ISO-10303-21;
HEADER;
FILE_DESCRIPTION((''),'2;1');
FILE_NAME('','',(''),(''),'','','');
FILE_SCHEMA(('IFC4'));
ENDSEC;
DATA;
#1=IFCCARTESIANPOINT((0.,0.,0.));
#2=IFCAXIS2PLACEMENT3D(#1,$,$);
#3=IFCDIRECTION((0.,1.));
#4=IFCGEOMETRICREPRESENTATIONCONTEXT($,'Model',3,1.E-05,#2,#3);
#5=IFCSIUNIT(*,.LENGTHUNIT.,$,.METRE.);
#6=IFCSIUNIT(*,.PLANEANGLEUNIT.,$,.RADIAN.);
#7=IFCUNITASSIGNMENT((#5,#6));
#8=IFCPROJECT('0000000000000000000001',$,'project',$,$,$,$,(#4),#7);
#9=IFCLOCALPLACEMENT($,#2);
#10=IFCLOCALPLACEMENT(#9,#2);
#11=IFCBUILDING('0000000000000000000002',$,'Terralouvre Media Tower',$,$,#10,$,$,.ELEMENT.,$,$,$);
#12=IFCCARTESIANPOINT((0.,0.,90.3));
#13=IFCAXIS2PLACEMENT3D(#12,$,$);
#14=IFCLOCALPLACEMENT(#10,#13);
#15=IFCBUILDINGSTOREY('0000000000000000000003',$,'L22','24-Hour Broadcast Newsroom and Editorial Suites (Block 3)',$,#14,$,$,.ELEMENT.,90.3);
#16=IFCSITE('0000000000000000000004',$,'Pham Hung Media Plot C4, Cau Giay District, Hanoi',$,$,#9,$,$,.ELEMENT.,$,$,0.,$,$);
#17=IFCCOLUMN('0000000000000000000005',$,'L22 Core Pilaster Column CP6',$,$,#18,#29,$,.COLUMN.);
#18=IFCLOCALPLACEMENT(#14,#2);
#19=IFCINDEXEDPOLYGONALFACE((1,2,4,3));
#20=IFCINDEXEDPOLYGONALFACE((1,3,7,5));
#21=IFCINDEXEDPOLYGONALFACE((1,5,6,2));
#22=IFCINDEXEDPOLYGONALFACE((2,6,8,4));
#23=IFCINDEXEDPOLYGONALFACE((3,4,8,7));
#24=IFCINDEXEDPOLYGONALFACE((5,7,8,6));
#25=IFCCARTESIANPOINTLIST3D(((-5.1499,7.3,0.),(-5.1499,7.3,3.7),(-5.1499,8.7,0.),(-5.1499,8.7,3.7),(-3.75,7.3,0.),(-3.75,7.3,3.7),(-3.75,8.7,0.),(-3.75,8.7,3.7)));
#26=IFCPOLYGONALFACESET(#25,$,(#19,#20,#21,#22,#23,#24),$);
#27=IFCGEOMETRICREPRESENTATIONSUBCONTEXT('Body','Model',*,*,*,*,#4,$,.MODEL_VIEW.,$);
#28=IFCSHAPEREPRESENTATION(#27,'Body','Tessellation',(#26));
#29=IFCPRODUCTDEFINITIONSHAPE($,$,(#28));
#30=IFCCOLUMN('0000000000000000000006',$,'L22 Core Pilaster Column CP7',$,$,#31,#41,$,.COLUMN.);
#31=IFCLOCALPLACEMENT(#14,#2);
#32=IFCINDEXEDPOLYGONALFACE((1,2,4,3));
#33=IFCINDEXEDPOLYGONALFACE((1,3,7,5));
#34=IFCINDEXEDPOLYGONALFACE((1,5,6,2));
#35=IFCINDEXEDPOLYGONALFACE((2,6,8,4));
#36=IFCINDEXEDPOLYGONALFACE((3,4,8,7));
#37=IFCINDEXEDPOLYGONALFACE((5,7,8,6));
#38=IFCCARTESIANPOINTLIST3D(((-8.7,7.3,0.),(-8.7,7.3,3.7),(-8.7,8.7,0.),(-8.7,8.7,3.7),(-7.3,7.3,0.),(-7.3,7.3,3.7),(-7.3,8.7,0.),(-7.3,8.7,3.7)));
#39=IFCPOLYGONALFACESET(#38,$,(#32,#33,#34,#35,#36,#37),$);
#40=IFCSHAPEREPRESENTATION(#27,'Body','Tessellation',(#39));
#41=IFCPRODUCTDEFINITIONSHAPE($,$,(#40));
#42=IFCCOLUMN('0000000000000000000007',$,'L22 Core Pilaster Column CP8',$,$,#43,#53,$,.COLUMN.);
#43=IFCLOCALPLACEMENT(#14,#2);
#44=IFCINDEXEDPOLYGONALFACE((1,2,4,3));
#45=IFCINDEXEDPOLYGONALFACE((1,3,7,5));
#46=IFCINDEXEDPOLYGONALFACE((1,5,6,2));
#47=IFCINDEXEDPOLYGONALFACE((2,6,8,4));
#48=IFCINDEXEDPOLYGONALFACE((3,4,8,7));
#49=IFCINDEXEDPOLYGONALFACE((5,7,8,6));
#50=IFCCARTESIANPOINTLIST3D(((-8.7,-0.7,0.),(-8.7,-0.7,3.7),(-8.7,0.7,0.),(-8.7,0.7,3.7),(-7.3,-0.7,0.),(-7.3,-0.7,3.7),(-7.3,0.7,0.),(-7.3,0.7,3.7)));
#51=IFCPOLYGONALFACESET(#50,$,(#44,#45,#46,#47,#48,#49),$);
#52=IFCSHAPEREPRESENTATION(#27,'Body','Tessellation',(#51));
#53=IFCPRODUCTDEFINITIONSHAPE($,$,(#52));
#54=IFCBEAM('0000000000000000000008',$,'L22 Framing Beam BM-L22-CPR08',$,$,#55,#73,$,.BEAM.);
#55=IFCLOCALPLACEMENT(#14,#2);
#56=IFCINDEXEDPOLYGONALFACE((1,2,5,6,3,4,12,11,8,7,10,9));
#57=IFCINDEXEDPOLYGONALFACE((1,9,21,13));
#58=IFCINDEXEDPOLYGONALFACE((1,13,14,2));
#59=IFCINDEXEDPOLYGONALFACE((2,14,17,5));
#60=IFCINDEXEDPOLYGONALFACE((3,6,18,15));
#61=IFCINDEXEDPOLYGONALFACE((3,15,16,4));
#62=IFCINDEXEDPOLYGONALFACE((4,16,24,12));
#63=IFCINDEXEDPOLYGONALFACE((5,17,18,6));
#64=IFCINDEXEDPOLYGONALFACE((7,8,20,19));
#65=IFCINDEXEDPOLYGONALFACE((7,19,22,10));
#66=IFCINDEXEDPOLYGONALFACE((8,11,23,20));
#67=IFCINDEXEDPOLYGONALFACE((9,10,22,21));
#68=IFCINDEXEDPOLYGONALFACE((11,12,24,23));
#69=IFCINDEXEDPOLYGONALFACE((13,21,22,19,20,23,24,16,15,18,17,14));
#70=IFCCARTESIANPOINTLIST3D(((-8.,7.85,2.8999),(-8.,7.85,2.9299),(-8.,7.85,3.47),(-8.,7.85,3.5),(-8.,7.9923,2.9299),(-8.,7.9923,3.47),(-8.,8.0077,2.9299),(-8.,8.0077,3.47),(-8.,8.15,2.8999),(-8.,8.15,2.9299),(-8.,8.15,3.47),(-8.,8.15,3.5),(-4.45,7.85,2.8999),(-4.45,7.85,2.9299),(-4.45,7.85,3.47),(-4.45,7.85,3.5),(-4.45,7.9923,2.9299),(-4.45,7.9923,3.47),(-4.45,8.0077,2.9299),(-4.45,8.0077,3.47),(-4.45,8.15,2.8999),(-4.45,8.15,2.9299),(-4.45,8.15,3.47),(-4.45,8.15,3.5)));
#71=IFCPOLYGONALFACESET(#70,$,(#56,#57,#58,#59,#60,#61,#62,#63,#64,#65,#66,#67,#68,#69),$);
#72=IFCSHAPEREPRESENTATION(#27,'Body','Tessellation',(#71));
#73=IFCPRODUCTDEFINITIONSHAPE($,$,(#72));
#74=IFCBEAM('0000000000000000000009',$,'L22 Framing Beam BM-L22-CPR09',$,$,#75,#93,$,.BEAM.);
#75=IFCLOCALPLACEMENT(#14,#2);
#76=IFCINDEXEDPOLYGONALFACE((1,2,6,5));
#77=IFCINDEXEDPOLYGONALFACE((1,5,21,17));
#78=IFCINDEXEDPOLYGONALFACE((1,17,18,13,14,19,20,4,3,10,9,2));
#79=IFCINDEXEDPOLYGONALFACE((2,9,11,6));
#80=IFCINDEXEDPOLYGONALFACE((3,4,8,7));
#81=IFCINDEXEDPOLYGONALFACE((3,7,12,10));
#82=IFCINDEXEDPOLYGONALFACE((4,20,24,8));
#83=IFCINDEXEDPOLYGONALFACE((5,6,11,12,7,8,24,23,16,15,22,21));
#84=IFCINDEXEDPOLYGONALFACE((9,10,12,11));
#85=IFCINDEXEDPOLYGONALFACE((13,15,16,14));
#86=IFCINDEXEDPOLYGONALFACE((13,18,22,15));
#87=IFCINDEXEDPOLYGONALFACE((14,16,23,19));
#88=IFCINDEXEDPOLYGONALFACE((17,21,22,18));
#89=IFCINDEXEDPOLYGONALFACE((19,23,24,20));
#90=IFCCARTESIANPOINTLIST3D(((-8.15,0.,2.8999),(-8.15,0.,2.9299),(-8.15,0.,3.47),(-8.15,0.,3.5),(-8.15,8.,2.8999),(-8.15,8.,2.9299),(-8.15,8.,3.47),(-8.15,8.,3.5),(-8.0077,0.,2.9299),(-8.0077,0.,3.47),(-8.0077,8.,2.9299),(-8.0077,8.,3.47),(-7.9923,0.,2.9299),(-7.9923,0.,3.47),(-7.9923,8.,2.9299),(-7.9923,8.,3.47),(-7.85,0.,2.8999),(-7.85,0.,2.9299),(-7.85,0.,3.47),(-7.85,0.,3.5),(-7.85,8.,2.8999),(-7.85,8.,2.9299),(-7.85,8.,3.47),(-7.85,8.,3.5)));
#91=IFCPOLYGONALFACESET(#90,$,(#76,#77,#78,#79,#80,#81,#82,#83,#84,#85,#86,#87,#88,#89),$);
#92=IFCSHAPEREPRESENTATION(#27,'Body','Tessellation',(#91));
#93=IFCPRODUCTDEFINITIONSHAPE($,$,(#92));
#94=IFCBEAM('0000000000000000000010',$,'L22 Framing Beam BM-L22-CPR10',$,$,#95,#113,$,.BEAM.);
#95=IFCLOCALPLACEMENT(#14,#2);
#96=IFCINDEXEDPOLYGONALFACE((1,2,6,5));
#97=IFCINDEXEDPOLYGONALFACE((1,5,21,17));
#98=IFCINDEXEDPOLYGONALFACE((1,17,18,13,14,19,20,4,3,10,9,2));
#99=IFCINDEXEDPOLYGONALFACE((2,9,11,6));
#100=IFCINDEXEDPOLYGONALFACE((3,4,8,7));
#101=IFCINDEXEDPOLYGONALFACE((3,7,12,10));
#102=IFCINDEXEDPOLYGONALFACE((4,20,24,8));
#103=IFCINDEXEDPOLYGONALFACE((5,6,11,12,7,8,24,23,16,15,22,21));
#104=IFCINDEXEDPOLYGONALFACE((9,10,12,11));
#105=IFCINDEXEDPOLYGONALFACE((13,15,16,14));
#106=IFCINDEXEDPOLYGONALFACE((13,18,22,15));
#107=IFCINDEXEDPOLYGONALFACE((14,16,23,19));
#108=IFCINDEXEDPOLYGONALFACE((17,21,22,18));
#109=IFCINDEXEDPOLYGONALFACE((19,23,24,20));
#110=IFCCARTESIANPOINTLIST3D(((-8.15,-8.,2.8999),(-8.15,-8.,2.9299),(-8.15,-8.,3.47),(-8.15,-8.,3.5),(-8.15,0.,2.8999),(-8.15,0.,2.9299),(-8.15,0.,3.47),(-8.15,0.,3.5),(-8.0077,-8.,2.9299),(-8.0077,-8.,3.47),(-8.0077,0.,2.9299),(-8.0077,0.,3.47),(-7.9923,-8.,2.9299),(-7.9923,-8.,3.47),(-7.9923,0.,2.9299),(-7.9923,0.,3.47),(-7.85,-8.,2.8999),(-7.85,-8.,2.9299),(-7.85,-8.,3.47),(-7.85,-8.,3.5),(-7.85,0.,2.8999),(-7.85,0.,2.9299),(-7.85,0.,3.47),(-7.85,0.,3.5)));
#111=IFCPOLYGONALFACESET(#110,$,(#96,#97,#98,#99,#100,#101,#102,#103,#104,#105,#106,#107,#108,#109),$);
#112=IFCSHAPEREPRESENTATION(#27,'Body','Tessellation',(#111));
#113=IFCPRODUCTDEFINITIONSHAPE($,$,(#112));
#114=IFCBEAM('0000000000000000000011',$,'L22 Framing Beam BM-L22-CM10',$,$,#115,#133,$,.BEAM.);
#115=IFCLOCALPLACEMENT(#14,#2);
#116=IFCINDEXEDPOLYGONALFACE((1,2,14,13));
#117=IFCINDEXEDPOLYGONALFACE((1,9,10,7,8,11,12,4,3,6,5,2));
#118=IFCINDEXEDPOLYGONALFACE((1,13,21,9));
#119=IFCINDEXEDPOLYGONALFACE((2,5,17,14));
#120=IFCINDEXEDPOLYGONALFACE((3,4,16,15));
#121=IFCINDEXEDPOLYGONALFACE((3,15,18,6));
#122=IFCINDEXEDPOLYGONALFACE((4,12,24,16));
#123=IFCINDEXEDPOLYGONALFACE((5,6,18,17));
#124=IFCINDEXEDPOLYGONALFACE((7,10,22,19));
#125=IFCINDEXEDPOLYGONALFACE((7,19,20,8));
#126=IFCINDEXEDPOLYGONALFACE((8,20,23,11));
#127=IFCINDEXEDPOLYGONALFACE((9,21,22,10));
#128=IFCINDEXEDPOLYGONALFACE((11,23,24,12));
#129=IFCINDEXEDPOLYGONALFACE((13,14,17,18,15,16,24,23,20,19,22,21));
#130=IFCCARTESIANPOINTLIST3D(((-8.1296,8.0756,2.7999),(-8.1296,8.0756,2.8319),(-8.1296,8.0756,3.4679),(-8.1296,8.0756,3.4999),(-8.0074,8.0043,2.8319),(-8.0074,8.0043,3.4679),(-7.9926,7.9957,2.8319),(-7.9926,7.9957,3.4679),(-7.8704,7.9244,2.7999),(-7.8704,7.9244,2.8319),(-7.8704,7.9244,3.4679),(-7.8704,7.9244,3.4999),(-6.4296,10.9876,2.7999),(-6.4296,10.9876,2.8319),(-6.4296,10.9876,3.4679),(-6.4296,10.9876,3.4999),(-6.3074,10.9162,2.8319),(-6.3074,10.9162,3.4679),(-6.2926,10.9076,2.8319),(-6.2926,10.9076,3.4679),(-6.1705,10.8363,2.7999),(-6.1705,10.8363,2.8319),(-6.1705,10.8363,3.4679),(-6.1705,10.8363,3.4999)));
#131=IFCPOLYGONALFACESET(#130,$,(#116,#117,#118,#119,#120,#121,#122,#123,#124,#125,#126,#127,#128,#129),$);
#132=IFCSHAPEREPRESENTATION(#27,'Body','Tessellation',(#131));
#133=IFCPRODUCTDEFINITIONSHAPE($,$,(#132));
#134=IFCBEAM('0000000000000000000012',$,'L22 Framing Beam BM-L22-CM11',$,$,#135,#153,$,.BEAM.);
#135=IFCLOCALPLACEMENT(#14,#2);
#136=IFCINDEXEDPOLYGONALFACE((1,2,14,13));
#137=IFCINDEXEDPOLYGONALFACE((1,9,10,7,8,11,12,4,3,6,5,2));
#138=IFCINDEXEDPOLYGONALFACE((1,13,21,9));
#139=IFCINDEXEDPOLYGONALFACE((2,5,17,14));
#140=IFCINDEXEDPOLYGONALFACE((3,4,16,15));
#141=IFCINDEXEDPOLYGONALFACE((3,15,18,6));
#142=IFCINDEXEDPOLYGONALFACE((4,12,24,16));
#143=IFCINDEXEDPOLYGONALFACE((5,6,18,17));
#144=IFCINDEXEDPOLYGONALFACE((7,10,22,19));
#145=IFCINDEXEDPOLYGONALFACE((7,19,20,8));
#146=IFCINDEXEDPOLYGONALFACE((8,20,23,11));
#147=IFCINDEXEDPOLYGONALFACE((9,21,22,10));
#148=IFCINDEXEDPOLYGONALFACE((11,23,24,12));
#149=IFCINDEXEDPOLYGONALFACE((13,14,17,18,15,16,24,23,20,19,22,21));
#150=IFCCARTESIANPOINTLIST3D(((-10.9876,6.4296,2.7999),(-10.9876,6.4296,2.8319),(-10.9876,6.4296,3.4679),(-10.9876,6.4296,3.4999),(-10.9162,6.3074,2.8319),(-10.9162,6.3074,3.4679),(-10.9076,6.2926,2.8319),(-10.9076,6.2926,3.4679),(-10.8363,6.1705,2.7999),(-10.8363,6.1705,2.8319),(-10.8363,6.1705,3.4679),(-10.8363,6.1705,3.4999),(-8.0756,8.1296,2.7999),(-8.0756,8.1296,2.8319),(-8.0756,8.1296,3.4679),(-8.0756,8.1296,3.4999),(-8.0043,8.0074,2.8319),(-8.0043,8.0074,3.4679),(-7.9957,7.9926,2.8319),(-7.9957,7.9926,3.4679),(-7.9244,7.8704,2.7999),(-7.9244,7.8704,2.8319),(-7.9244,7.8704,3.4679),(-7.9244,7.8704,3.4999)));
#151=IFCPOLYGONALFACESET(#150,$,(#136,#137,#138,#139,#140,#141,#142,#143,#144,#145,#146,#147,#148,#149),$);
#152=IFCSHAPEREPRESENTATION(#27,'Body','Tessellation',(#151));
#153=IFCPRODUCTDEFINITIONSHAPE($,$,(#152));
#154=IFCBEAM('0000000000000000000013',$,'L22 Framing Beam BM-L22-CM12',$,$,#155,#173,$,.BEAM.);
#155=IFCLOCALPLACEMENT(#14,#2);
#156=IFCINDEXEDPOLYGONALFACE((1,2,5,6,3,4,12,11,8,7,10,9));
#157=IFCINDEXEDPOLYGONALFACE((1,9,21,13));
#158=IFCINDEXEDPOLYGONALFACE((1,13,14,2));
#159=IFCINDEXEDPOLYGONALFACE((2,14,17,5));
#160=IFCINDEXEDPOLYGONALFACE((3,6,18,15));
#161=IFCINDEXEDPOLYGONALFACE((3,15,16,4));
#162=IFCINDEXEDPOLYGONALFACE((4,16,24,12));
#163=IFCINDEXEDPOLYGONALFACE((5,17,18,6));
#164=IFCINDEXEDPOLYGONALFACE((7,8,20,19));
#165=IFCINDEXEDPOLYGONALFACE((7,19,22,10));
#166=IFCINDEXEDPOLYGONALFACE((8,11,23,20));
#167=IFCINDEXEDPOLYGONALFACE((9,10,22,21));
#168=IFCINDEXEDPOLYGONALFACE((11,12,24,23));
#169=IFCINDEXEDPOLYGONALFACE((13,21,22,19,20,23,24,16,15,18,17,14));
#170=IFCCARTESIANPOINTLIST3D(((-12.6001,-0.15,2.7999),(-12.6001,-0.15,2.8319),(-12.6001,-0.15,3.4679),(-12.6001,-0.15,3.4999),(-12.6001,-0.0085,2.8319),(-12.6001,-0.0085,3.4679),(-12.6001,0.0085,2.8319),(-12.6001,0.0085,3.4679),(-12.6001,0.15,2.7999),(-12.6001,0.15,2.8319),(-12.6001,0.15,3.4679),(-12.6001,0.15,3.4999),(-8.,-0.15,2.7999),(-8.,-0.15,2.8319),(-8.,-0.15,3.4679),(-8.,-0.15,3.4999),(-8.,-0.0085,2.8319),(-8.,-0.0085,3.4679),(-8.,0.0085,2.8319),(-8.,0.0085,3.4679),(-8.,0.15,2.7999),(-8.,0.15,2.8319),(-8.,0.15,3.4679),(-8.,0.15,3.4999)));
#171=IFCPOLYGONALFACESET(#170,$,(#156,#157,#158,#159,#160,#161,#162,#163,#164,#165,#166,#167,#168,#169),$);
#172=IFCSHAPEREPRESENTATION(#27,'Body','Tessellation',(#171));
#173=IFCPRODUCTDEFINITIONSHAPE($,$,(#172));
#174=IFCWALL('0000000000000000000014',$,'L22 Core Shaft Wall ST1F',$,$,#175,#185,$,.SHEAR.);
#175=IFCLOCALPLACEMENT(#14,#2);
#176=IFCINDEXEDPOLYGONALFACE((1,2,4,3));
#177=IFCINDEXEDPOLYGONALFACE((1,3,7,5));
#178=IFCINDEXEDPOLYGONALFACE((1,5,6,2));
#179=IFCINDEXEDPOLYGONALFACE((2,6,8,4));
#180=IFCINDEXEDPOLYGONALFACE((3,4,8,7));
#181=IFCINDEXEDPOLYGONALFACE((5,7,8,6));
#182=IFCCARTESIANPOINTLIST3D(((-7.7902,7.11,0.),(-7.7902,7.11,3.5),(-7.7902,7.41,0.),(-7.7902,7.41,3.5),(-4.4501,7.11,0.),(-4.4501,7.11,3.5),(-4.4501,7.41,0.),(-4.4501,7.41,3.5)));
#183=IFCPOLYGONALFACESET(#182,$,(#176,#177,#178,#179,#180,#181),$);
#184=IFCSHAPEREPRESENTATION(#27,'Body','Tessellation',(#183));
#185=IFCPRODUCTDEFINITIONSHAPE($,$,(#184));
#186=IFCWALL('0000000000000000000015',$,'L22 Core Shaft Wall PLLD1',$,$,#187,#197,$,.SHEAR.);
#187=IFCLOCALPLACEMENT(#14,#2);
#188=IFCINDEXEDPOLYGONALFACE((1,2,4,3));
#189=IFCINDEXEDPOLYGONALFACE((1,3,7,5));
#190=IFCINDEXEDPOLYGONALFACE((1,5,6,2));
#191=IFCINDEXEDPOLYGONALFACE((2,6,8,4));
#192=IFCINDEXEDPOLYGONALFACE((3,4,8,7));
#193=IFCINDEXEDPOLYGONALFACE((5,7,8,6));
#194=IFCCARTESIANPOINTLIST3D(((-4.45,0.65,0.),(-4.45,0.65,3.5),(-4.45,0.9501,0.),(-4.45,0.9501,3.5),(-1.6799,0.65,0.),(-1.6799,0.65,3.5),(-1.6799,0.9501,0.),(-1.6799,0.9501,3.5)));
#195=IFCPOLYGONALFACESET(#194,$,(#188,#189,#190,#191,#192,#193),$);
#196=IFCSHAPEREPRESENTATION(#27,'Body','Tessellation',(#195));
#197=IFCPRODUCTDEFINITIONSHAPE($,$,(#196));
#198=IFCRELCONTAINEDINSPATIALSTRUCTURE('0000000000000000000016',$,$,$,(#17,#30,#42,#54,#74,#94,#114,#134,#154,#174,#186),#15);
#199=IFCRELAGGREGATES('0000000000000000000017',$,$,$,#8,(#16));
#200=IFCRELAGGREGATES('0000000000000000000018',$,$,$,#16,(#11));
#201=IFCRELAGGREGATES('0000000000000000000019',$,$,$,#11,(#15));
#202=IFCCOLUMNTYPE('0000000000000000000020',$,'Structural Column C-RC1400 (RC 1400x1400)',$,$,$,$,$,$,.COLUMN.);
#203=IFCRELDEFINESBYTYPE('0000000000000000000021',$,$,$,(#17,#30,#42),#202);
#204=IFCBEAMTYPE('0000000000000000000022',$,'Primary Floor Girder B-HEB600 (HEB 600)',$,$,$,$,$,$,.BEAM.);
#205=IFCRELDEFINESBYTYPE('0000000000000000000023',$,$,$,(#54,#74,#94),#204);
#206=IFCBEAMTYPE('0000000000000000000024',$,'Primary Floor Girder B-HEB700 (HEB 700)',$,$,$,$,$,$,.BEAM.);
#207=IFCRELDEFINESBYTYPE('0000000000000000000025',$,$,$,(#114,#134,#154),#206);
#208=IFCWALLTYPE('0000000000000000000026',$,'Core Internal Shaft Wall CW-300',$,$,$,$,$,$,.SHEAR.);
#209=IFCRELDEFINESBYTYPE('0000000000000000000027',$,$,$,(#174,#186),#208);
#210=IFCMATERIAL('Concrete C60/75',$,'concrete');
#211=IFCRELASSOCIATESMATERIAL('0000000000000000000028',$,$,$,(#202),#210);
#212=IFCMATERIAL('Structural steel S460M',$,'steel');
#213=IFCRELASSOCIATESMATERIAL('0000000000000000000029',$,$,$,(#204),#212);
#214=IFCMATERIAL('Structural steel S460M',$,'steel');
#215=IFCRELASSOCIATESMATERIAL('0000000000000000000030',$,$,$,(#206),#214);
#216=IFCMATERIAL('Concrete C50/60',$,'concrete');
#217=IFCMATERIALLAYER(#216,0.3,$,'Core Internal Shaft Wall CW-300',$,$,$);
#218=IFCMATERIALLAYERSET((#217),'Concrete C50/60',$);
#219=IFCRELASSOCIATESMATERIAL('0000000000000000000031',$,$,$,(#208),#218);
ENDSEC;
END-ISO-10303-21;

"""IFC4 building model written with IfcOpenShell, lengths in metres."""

from ifc_helpers import new_model, si_unit, direction, frame, frame_2d, origin, origin_2d, place, context, subcontext, project, spatial, rectangle, i_section, extrude, material, layer, layer_set, material_profile, profile_set, type_object, element, save


model = new_model("IFC4")

# Units and contexts
model_context = context("Model", 3, precision=1e-05, world=origin(), true_north=direction((0.0, 1.0)))
body_context = subcontext(model_context, "Body", "Model", "MODEL_VIEW")
ifc_project = project(units=[si_unit("LENGTHUNIT", "METRE"), si_unit("PLANEANGLEUNIT", "RADIAN")], contexts=[model_context])

# Site, building, storey
site_placement = place(None, origin())
site = spatial("IfcSite", under=ifc_project, at=site_placement, Name="Pham Hung Media Plot C4, Cau Giay District, Hanoi", CompositionType="ELEMENT", RefElevation=0.0)
building_placement = place(site_placement, origin())
building = spatial("IfcBuilding", under=site, at=building_placement, Name="Terralouvre Media Tower", CompositionType="ELEMENT")
storey_placement = place(building_placement, frame((0.0, 0.0, 90.3)))
storey = spatial("IfcBuildingStorey", under=building, at=storey_placement, Name="L22", Description="24-Hour Broadcast Newsroom and Editorial Suites (Block 3)", CompositionType="ELEMENT", Elevation=90.3)

# Columns
ifc_material_1 = material(Name="Concrete C60/75", Category="concrete")
ifc_material_profile_1 = material_profile(ifc_material_1, rectangle(XDim=1.3999, YDim=1.3999, at=origin_2d()), Name="RC 1400x1400")
ifc_profile_set_1 = profile_set([ifc_material_profile_1], Name="Concrete C60/75")
column_type = type_object("IfcColumnType", Name="Structural Column C-RC1400 (RC 1400x1400)", PredefinedType="COLUMN", material=ifc_profile_set_1)
for number, where, z_axis, x_axis, name in (
    (1, (-4.45, 8.0, 0.0), (0.0, 0.0, 1.0), (1.0, 0.0, 0.0), "L22 Core Pilaster Column CP6"),
    (2, (-8.0, 8.0, 0.0), (0.0, 0.0, 1.0), (1.0, 0.0, 0.0), "L22 Core Pilaster Column CP7"),
    (3, (-8.0, 0.0, 0.0), (0.0, 0.0, 1.0), (1.0, 0.0, 0.0), "L22 Core Pilaster Column CP8"),
):
    element("IfcColumn", number, at=place(storey_placement, frame(where, z_axis=z_axis, x_axis=x_axis)), inside=storey, type_object=column_type, Name=name, PredefinedType="COLUMN", context=body_context, shape_type="SweptSolid", body=[
        extrude(rectangle(XDim=1.3999, YDim=1.3999, at=origin_2d()), origin(), (0.0, 0.0, 1.0), 3.7),
    ])

# Beams
ifc_material_2 = material(Name="Structural steel S460M", Category="steel")
ifc_material_profile_2 = material_profile(ifc_material_2, i_section(OverallWidth=0.3, OverallDepth=0.6001, WebThickness=0.0154, FlangeThickness=0.03, at=origin_2d()), Name="HEB 600")
ifc_profile_set_2 = profile_set([ifc_material_profile_2], Name="Structural steel S460M")
beam_type_1 = type_object("IfcBeamType", Name="Primary Floor Girder B-HEB600 (HEB 600)", PredefinedType="BEAM", material=ifc_profile_set_2)
beam_1_placement = place(storey_placement, frame((-4.45, 8.0, 3.2), z_axis=(-1.0, 0.0, 0.0), x_axis=(0.0, -1.0, 0.0)))
element("IfcBeam", 4, at=beam_1_placement, inside=storey, type_object=beam_type_1, Name="L22 Framing Beam BM-L22-CPR08", PredefinedType="BEAM", context=body_context, shape_type="SweptSolid", body=[
    extrude(i_section(OverallWidth=0.3, OverallDepth=0.6001, WebThickness=0.0154, FlangeThickness=0.03, at=origin_2d()), origin(), (0.0, 0.0, 1.0), 3.55),
])
for number, where, z_axis, x_axis, name in (
    (5, (-8.0, 8.0, 3.2), (0.0, -1.0, 0.0), (1.0, 0.0, 0.0), "L22 Framing Beam BM-L22-CPR09"),
    (6, (-8.0, 0.0, 3.2), (0.0, -1.0, 0.0), (1.0, 0.0, 0.0), "L22 Framing Beam BM-L22-CPR10"),
):
    element("IfcBeam", number, at=place(storey_placement, frame(where, z_axis=z_axis, x_axis=x_axis)), inside=storey, type_object=beam_type_1, Name=name, PredefinedType="BEAM", context=body_context, shape_type="SweptSolid", body=[
        extrude(i_section(OverallWidth=0.3, OverallDepth=0.6001, WebThickness=0.0154, FlangeThickness=0.03, at=origin_2d()), origin(), (0.0, 0.0, 1.0), 8.0),
    ])
ifc_material_3 = material(Name="Structural steel S460M", Category="steel")
ifc_material_profile_3 = material_profile(ifc_material_3, i_section(OverallWidth=0.3, OverallDepth=0.7, WebThickness=0.0171, FlangeThickness=0.032, at=origin_2d()), Name="HEB 700")
ifc_profile_set_3 = profile_set([ifc_material_profile_3], Name="Structural steel S460M")
beam_type_2 = type_object("IfcBeamType", Name="Primary Floor Girder B-HEB700 (HEB 700)", PredefinedType="BEAM", material=ifc_profile_set_3)
for number, where, z_axis, x_axis, name in (
    (7, (-8.0, 8.0, 3.1499), (0.504173, 0.863603, 0.0), (-0.863603, 0.504173, 0.0), "L22 Framing Beam BM-L22-CM10"),
    (8, (-8.0, 8.0, 3.1499), (-0.863603, -0.504173, 0.0), (0.504173, -0.863603, 0.0), "L22 Framing Beam BM-L22-CM11"),
):
    element("IfcBeam", number, at=place(storey_placement, frame(where, z_axis=z_axis, x_axis=x_axis)), inside=storey, type_object=beam_type_2, Name=name, PredefinedType="BEAM", context=body_context, shape_type="SweptSolid", body=[
        extrude(i_section(OverallWidth=0.3, OverallDepth=0.7, WebThickness=0.0171, FlangeThickness=0.032, at=origin_2d()), origin(), (0.0, 0.0, 1.0), 3.3718),
    ])
beam_2_placement = place(storey_placement, frame((-8.0, 0.0, 3.1499), z_axis=(-1.0, 0.0, 0.0), x_axis=(0.0, -1.0, 0.0)))
element("IfcBeam", 9, at=beam_2_placement, inside=storey, type_object=beam_type_2, Name="L22 Framing Beam BM-L22-CM12", PredefinedType="BEAM", context=body_context, shape_type="SweptSolid", body=[
    extrude(i_section(OverallWidth=0.3, OverallDepth=0.7, WebThickness=0.0171, FlangeThickness=0.032, at=origin_2d()), origin(), (0.0, 0.0, 1.0), 4.6001),
])

# Shared definitions
ifc_material_4 = material(Name="Concrete C50/60", Category="concrete")
ifc_layer_1 = layer(ifc_material_4, 0.3, Name="Core Internal Shaft Wall CW-300")
ifc_layer_set_1 = layer_set([ifc_layer_1], Name="Concrete C50/60")
wall_type_1 = type_object("IfcWallType", Name="Core Internal Shaft Wall CW-300", PredefinedType="SHEAR", material=ifc_layer_set_1)

# Walls
wall_1_placement = place(storey_placement, frame((-7.79, 7.26, 0.0), z_axis=(0.0, 0.0, 1.0), x_axis=(1.0, 0.0, 0.0)))
element("IfcWall", 10, at=wall_1_placement, inside=storey, type_object=wall_type_1, Name="L22 Core Shaft Wall ST1F", PredefinedType="SHEAR", context=body_context, shape_type="SweptSolid", body=[
    extrude(rectangle(XDim=3.3401, YDim=0.3, at=frame_2d((1.6699, 0.0))), origin(), (0.0, 0.0, 1.0), 3.5),
])
for number, where, z_axis, x_axis, name in (
    (11, (-4.45, 0.8, 0.0), (0.0, 0.0, 1.0), (1.0, 0.0, 0.0), "L22 Core Shaft Wall PLLD1"),
):
    element("IfcWall", number, at=place(storey_placement, frame(where, z_axis=z_axis, x_axis=x_axis)), inside=storey, type_object=wall_type_1, Name=name, PredefinedType="SHEAR", context=body_context, shape_type="SweptSolid", body=[
        extrude(rectangle(XDim=2.77, YDim=0.3, at=frame_2d((1.385, 0.0))), origin(), (0.0, 0.0, 1.0), 3.5),
    ])

save(model, "model.ifc")
